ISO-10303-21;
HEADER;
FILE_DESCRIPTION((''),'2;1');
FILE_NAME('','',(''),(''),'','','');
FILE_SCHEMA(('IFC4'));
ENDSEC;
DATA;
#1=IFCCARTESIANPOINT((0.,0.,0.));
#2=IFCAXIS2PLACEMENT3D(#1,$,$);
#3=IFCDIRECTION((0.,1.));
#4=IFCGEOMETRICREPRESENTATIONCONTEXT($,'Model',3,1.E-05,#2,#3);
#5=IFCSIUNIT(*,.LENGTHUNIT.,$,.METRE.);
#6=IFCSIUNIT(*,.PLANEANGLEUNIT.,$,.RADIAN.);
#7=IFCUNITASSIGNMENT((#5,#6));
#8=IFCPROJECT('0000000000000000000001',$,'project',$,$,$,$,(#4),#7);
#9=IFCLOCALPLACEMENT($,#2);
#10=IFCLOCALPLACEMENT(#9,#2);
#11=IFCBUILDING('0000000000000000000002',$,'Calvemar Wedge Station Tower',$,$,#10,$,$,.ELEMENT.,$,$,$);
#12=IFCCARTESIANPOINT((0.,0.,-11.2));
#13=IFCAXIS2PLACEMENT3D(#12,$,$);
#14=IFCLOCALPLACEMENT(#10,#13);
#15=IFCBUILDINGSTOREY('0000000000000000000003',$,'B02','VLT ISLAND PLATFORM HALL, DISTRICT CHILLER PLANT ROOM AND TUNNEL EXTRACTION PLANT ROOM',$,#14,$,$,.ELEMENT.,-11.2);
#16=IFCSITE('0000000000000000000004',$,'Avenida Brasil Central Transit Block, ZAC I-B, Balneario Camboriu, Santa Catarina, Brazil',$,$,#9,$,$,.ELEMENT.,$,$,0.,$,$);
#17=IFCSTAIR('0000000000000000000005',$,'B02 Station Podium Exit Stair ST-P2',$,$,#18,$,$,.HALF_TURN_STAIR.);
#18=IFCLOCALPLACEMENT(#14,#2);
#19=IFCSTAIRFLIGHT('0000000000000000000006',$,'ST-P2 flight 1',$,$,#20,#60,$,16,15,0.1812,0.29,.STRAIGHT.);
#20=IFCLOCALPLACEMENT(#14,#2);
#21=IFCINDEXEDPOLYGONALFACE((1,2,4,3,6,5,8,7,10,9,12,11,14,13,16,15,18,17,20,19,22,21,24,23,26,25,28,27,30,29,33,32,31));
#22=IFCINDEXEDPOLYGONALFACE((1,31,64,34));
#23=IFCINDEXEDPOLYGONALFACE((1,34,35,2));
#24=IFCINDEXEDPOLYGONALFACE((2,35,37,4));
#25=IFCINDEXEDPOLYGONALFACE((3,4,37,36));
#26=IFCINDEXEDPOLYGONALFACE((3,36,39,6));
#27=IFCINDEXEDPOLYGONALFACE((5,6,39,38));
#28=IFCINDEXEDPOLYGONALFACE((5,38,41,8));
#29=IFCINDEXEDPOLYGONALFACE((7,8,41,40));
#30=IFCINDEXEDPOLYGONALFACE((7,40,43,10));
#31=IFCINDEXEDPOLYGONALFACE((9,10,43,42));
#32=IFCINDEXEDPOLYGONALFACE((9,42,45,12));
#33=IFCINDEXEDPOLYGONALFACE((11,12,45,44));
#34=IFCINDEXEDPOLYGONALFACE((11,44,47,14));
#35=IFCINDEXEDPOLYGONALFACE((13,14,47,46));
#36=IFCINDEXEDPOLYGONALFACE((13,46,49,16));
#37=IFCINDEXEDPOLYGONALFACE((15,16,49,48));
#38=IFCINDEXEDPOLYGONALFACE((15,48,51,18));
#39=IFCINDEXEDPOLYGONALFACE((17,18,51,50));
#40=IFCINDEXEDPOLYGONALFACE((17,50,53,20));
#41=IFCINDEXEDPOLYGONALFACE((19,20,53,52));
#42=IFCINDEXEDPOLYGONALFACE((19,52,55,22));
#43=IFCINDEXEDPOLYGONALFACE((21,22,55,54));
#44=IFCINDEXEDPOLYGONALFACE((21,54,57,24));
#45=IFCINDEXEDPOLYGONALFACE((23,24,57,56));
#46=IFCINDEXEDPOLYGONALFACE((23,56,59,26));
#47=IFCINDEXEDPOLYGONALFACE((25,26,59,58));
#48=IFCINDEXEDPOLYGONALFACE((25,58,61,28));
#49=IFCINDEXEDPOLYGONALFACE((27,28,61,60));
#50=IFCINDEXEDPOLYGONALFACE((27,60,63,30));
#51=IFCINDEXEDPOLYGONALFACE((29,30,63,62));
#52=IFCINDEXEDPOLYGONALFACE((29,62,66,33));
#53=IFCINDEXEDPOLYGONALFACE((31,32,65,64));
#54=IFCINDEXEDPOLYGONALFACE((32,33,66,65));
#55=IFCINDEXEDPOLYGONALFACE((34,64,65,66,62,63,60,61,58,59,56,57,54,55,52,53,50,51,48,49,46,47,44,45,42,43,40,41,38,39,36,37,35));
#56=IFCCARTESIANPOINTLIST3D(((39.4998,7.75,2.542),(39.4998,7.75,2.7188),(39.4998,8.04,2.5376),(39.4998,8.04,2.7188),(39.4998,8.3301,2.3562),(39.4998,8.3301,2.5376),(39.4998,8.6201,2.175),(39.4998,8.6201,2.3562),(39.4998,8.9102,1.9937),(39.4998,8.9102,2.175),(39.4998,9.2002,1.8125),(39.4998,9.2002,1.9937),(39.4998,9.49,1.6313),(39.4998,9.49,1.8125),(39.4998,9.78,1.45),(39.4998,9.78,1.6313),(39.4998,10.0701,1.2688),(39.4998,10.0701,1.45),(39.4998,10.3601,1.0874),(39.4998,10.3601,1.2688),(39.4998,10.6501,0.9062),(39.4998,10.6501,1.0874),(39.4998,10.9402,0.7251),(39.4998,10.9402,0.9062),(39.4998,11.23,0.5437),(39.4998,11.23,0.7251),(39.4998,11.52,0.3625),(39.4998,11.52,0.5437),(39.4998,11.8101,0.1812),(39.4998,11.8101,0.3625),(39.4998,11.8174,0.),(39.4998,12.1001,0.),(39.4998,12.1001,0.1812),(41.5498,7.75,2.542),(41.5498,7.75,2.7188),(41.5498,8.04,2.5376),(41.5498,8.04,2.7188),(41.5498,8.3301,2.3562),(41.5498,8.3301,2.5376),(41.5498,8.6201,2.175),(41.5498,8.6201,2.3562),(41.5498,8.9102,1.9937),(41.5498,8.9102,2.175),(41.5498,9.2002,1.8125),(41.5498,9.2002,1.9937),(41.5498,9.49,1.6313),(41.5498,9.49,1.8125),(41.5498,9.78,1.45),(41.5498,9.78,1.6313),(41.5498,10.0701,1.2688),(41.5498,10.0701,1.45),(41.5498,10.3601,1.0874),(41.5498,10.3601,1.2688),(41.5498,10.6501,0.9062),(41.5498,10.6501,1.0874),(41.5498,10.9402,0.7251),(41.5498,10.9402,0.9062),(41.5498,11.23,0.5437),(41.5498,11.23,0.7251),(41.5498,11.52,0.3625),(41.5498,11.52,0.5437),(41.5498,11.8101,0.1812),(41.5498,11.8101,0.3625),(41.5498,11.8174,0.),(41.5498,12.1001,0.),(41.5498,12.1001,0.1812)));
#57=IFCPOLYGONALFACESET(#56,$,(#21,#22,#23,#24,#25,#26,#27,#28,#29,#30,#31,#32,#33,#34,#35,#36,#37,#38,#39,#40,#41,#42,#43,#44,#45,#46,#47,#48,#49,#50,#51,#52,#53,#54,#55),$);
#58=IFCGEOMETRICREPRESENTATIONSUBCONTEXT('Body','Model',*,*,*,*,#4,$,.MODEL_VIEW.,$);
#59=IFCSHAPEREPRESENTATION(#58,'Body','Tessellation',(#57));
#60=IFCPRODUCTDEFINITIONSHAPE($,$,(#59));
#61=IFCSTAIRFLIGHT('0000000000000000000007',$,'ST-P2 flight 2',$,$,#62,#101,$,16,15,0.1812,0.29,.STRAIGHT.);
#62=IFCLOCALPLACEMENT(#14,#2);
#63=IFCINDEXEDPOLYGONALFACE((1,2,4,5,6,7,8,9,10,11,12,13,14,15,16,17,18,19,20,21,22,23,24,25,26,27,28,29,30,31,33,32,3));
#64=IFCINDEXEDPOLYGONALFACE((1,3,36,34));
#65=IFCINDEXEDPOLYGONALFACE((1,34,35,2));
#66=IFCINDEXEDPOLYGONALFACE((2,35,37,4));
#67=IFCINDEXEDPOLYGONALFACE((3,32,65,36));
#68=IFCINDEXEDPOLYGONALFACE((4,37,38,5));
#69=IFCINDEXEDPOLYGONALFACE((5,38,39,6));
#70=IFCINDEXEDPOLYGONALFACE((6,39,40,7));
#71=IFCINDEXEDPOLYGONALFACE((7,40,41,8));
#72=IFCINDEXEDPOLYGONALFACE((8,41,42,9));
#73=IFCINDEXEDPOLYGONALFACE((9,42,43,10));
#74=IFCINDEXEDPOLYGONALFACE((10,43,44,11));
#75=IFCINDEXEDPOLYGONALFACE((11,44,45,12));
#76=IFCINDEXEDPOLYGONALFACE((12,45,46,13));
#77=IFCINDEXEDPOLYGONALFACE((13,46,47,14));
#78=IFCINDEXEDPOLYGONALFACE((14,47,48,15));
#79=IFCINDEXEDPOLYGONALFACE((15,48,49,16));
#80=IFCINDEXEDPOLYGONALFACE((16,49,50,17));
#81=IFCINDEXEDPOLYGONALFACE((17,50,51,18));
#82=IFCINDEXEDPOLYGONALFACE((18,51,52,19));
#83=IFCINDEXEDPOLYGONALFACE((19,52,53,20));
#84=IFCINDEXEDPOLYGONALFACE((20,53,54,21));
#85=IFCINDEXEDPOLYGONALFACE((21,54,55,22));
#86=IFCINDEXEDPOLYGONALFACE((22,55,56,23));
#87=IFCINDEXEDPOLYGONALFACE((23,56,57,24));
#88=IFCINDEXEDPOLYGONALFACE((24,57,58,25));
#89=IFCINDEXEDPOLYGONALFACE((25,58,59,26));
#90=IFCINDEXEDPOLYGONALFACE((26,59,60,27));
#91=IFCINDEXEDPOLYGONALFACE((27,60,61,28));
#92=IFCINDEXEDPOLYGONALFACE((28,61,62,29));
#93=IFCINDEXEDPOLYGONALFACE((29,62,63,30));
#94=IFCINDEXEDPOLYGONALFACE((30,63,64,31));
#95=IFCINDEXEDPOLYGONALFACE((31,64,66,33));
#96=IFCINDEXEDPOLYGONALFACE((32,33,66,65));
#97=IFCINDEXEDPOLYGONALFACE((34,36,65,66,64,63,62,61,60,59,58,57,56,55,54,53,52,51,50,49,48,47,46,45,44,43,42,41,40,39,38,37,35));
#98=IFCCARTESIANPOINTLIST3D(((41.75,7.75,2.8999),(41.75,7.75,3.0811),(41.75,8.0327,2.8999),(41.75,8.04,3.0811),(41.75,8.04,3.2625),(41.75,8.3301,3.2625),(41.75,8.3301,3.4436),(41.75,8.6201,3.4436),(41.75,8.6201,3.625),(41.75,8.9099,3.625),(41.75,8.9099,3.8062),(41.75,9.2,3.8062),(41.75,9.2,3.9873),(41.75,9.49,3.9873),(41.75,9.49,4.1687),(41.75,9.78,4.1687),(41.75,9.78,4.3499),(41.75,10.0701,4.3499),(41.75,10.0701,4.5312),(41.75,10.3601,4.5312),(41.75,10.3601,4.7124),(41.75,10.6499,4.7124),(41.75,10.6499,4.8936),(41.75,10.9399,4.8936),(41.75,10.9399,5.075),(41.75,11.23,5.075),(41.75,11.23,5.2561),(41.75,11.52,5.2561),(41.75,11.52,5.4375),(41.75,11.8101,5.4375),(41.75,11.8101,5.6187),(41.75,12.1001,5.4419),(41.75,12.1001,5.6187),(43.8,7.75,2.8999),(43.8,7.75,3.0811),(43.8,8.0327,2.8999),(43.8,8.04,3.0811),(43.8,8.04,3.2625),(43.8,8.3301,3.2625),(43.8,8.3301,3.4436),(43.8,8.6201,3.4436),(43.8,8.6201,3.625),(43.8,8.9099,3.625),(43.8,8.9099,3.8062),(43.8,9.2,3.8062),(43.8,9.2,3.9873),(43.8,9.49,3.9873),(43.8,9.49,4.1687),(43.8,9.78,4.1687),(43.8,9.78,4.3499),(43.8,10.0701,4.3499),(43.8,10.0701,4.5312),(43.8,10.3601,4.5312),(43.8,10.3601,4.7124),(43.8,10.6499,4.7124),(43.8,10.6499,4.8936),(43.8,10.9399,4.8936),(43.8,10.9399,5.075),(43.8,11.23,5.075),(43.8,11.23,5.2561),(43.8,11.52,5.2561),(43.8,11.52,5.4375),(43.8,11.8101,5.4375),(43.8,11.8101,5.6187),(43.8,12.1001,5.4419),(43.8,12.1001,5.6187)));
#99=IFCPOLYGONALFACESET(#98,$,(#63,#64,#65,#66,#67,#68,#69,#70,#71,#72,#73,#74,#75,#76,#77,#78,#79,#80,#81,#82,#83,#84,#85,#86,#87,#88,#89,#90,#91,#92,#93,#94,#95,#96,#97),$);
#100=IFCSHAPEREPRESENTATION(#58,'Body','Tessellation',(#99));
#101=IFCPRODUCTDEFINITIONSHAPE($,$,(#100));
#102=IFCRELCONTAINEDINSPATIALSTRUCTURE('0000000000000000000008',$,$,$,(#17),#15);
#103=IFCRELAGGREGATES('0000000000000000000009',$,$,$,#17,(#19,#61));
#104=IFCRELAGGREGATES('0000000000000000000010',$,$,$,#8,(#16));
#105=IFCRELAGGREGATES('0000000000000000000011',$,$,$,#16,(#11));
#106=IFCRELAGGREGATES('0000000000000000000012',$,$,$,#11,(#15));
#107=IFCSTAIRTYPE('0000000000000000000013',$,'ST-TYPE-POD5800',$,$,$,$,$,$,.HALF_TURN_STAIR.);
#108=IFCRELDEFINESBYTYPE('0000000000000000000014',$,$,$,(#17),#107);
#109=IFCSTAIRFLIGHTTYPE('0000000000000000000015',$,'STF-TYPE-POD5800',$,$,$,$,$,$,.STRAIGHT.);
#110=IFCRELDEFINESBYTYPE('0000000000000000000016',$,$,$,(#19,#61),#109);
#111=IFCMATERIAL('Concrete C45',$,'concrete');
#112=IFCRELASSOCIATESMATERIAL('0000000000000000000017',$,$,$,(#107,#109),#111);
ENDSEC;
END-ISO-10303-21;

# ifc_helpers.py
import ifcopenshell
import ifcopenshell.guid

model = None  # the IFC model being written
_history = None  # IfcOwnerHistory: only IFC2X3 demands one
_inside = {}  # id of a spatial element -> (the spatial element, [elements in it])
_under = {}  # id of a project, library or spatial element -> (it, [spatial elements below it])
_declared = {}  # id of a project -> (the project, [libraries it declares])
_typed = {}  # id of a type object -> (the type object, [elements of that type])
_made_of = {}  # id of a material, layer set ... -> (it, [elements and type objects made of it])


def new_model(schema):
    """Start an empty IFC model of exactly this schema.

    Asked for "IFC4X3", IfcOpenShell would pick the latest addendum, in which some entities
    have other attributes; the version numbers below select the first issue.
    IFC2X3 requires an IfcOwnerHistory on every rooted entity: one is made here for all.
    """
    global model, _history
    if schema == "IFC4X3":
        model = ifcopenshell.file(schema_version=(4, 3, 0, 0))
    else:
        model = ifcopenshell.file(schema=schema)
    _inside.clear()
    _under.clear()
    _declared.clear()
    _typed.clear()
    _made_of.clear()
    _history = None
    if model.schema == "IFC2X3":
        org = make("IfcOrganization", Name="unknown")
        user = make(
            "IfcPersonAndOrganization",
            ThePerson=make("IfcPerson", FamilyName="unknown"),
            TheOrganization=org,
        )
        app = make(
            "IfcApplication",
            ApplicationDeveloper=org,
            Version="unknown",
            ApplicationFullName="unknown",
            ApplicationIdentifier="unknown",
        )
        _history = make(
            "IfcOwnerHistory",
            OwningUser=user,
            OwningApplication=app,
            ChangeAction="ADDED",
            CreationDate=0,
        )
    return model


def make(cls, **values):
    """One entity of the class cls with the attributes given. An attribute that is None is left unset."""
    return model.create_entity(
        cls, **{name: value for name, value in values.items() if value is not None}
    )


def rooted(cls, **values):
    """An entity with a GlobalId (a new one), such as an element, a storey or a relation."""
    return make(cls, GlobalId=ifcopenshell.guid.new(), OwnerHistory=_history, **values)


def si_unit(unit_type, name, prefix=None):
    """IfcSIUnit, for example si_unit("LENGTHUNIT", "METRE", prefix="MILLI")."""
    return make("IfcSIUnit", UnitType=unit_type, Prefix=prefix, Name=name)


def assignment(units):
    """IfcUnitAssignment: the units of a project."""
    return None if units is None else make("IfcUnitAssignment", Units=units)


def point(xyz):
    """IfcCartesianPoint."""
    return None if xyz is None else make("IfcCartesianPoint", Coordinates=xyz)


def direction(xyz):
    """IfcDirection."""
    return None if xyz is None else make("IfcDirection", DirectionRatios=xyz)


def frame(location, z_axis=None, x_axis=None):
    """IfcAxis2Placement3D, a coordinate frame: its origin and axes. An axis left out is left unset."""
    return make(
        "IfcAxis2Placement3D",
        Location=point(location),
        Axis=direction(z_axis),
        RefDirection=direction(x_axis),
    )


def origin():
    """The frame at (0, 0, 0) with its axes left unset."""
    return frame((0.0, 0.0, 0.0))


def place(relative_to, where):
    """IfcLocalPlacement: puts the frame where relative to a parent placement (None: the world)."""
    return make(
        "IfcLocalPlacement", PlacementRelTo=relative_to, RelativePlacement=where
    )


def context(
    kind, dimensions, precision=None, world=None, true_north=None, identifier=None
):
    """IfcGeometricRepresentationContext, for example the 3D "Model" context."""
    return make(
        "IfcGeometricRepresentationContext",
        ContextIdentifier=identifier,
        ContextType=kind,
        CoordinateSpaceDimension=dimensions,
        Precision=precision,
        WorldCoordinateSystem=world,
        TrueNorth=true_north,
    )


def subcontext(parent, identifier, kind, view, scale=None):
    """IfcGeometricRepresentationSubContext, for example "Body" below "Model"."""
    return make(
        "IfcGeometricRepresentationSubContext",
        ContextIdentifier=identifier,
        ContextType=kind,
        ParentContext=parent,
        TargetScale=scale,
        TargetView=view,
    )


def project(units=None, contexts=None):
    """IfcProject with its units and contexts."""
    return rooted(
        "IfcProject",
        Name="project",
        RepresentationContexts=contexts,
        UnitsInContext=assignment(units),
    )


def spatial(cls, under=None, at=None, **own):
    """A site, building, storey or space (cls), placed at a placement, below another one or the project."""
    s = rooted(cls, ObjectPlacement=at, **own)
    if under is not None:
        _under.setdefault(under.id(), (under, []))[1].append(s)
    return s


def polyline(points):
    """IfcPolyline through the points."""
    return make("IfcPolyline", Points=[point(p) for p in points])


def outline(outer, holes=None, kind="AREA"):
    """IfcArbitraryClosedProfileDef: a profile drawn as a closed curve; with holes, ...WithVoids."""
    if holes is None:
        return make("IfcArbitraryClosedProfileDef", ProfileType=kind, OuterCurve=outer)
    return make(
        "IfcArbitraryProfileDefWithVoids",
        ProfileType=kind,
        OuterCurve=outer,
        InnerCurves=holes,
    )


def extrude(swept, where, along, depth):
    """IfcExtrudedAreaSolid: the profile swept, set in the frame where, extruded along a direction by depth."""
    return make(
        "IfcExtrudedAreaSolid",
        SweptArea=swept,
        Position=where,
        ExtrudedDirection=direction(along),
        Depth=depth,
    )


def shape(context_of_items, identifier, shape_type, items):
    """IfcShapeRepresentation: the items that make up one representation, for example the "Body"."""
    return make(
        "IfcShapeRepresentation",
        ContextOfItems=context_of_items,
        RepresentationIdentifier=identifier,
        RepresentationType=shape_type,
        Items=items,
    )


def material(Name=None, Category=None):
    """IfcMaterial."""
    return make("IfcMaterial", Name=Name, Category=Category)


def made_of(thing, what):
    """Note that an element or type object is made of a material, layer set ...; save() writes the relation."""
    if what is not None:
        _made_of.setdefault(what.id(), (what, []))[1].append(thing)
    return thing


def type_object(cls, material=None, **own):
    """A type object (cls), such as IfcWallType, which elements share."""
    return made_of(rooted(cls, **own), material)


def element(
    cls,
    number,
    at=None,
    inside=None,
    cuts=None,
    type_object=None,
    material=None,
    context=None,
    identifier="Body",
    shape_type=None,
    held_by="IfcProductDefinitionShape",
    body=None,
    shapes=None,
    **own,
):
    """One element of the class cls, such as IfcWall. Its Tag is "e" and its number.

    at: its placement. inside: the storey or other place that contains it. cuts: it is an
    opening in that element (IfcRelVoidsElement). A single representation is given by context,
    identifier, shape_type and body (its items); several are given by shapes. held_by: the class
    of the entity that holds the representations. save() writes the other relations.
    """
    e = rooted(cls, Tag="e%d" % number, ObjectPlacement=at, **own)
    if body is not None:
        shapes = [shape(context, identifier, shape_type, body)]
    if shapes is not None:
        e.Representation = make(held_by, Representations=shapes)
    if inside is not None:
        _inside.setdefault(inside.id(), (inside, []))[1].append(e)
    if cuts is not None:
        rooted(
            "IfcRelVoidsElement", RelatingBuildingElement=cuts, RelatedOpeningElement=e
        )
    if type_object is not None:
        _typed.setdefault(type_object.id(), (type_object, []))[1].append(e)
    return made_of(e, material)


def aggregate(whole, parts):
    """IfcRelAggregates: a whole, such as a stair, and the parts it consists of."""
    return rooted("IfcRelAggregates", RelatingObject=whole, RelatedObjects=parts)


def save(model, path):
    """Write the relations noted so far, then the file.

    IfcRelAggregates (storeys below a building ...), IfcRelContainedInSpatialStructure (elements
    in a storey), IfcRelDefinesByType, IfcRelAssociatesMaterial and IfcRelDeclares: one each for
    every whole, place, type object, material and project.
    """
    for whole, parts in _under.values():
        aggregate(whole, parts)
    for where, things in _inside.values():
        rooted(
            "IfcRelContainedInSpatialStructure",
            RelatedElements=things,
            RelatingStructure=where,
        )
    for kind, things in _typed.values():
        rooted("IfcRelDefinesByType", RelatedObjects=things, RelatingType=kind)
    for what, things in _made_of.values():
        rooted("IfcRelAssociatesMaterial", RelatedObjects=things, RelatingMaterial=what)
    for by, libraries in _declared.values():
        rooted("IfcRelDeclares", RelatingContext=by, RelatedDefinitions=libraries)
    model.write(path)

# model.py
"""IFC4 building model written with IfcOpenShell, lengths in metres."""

from ifc_helpers import new_model, si_unit, direction, frame, origin, place, context, subcontext, project, spatial, polyline, outline, extrude, material, type_object, element, aggregate, save


model = new_model("IFC4")

# Units and contexts
model_context = context("Model", 3, precision=1e-05, world=origin(), true_north=direction((0.0, 1.0)))
body_context = subcontext(model_context, "Body", "Model", "MODEL_VIEW")
ifc_project = project(units=[si_unit("LENGTHUNIT", "METRE"), si_unit("PLANEANGLEUNIT", "RADIAN")], contexts=[model_context])

# Site, building, storey
site_placement = place(None, origin())
site = spatial("IfcSite", under=ifc_project, at=site_placement, Name="Avenida Brasil Central Transit Block, ZAC I-B, Balneario Camboriu, Santa Catarina, Brazil", CompositionType="ELEMENT", RefElevation=0.0)
building_placement = place(site_placement, origin())
building = spatial("IfcBuilding", under=site, at=building_placement, Name="Calvemar Wedge Station Tower", CompositionType="ELEMENT")
storey_placement = place(building_placement, frame((0.0, 0.0, -11.2)))
storey = spatial("IfcBuildingStorey", under=building, at=storey_placement, Name="B02", Description="VLT ISLAND PLATFORM HALL, DISTRICT CHILLER PLANT ROOM AND TUNNEL EXTRACTION PLANT ROOM", CompositionType="ELEMENT", Elevation=-11.2)

# Shared definitions
ifc_material_1 = material(Name="Concrete C45", Category="concrete")

# Stair, stair flights
stair_type = type_object("IfcStairType", Name="ST-TYPE-POD5800", PredefinedType="HALF_TURN_STAIR", material=ifc_material_1)
stair_placement = place(storey_placement, origin())
stair = element("IfcStair", 1, at=stair_placement, inside=storey, type_object=stair_type, Name="B02 Station Podium Exit Stair ST-P2", PredefinedType="HALF_TURN_STAIR")
stair_flight_type = type_object("IfcStairFlightType", Name="STF-TYPE-POD5800", PredefinedType="STRAIGHT", material=ifc_material_1)
stair_flight_1_placement = place(storey_placement, frame((40.5249, 12.1001, 0.0), z_axis=(0.0, 0.0, 1.0), x_axis=(0.0, -1.0, 0.0)))
stair_flight_1 = element("IfcStairFlight", 2, at=stair_flight_1_placement, type_object=stair_flight_type, Name="ST-P2 flight 1", NumberOfRisers=16, NumberOfTreads=15, PredefinedType="STRAIGHT", RiserHeight=0.1812, TreadLength=0.29, context=body_context, shape_type="SweptSolid", body=[
    extrude(outline(polyline([(0.0, 0.0), (0.0, 0.1812), (0.29, 0.1812), (0.29, 0.3625), (0.5801, 0.3625), (0.5801, 0.5437), (0.8701, 0.5437), (0.8701, 0.7251), (1.1599, 0.7251), (1.1599, 0.9062), (1.45, 0.9062), (1.45, 1.0874), (1.74, 1.0874), (1.74, 1.2688), (2.03, 1.2688), (2.03, 1.45), (2.3201, 1.45), (2.3201, 1.6313), (2.6101, 1.6313), (2.6101, 1.8125), (2.8999, 1.8125), (2.8999, 1.9937), (3.1899, 1.9937), (3.1899, 2.175), (3.48, 2.175), (3.48, 2.3562), (3.77, 2.3562), (3.77, 2.5376), (4.0601, 2.5376), (4.0601, 2.7188), (4.3501, 2.7188), (4.3501, 2.8999), (4.3501, 2.542), (0.2827, 0.0), (0.0, 0.0)])), frame((0.0, 1.0249, 0.0), z_axis=(0.0, -1.0, 0.0), x_axis=(1.0, 0.0, 0.0)), (0.0, 0.0, 1.0), 2.05),
])
stair_flight_2_placement = place(storey_placement, frame((42.7749, 7.75, 2.8999), z_axis=(0.0, 0.0, 1.0), x_axis=(0.0, 1.0, 0.0)))
stair_flight_2 = element("IfcStairFlight", 3, at=stair_flight_2_placement, type_object=stair_flight_type, Name="ST-P2 flight 2", NumberOfRisers=16, NumberOfTreads=15, PredefinedType="STRAIGHT", RiserHeight=0.1812, TreadLength=0.29, context=body_context, shape_type="SweptSolid", body=[
    extrude(outline(polyline([(0.0, 0.0), (0.0, 0.1812), (0.29, 0.1812), (0.29, 0.3625), (0.5801, 0.3625), (0.5801, 0.5437), (0.8701, 0.5437), (0.8701, 0.7251), (1.1599, 0.7251), (1.1599, 0.9062), (1.45, 0.9062), (1.45, 1.0874), (1.74, 1.0874), (1.74, 1.2688), (2.03, 1.2688), (2.03, 1.45), (2.3201, 1.45), (2.3201, 1.6313), (2.6101, 1.6313), (2.6101, 1.8125), (2.8999, 1.8125), (2.8999, 1.9937), (3.1899, 1.9937), (3.1899, 2.175), (3.48, 2.175), (3.48, 2.3562), (3.77, 2.3562), (3.77, 2.5376), (4.0601, 2.5376), (4.0601, 2.7188), (4.3501, 2.7188), (4.3501, 2.8999), (4.3501, 2.542), (0.2827, 0.0), (0.0, 0.0)])), frame((0.0, 1.0249, 0.0), z_axis=(0.0, -1.0, 0.0), x_axis=(1.0, 0.0, 0.0)), (0.0, 0.0, 1.0), 2.05),
])
aggregate(stair, [stair_flight_1, stair_flight_2])

save(model, "model.ifc")
